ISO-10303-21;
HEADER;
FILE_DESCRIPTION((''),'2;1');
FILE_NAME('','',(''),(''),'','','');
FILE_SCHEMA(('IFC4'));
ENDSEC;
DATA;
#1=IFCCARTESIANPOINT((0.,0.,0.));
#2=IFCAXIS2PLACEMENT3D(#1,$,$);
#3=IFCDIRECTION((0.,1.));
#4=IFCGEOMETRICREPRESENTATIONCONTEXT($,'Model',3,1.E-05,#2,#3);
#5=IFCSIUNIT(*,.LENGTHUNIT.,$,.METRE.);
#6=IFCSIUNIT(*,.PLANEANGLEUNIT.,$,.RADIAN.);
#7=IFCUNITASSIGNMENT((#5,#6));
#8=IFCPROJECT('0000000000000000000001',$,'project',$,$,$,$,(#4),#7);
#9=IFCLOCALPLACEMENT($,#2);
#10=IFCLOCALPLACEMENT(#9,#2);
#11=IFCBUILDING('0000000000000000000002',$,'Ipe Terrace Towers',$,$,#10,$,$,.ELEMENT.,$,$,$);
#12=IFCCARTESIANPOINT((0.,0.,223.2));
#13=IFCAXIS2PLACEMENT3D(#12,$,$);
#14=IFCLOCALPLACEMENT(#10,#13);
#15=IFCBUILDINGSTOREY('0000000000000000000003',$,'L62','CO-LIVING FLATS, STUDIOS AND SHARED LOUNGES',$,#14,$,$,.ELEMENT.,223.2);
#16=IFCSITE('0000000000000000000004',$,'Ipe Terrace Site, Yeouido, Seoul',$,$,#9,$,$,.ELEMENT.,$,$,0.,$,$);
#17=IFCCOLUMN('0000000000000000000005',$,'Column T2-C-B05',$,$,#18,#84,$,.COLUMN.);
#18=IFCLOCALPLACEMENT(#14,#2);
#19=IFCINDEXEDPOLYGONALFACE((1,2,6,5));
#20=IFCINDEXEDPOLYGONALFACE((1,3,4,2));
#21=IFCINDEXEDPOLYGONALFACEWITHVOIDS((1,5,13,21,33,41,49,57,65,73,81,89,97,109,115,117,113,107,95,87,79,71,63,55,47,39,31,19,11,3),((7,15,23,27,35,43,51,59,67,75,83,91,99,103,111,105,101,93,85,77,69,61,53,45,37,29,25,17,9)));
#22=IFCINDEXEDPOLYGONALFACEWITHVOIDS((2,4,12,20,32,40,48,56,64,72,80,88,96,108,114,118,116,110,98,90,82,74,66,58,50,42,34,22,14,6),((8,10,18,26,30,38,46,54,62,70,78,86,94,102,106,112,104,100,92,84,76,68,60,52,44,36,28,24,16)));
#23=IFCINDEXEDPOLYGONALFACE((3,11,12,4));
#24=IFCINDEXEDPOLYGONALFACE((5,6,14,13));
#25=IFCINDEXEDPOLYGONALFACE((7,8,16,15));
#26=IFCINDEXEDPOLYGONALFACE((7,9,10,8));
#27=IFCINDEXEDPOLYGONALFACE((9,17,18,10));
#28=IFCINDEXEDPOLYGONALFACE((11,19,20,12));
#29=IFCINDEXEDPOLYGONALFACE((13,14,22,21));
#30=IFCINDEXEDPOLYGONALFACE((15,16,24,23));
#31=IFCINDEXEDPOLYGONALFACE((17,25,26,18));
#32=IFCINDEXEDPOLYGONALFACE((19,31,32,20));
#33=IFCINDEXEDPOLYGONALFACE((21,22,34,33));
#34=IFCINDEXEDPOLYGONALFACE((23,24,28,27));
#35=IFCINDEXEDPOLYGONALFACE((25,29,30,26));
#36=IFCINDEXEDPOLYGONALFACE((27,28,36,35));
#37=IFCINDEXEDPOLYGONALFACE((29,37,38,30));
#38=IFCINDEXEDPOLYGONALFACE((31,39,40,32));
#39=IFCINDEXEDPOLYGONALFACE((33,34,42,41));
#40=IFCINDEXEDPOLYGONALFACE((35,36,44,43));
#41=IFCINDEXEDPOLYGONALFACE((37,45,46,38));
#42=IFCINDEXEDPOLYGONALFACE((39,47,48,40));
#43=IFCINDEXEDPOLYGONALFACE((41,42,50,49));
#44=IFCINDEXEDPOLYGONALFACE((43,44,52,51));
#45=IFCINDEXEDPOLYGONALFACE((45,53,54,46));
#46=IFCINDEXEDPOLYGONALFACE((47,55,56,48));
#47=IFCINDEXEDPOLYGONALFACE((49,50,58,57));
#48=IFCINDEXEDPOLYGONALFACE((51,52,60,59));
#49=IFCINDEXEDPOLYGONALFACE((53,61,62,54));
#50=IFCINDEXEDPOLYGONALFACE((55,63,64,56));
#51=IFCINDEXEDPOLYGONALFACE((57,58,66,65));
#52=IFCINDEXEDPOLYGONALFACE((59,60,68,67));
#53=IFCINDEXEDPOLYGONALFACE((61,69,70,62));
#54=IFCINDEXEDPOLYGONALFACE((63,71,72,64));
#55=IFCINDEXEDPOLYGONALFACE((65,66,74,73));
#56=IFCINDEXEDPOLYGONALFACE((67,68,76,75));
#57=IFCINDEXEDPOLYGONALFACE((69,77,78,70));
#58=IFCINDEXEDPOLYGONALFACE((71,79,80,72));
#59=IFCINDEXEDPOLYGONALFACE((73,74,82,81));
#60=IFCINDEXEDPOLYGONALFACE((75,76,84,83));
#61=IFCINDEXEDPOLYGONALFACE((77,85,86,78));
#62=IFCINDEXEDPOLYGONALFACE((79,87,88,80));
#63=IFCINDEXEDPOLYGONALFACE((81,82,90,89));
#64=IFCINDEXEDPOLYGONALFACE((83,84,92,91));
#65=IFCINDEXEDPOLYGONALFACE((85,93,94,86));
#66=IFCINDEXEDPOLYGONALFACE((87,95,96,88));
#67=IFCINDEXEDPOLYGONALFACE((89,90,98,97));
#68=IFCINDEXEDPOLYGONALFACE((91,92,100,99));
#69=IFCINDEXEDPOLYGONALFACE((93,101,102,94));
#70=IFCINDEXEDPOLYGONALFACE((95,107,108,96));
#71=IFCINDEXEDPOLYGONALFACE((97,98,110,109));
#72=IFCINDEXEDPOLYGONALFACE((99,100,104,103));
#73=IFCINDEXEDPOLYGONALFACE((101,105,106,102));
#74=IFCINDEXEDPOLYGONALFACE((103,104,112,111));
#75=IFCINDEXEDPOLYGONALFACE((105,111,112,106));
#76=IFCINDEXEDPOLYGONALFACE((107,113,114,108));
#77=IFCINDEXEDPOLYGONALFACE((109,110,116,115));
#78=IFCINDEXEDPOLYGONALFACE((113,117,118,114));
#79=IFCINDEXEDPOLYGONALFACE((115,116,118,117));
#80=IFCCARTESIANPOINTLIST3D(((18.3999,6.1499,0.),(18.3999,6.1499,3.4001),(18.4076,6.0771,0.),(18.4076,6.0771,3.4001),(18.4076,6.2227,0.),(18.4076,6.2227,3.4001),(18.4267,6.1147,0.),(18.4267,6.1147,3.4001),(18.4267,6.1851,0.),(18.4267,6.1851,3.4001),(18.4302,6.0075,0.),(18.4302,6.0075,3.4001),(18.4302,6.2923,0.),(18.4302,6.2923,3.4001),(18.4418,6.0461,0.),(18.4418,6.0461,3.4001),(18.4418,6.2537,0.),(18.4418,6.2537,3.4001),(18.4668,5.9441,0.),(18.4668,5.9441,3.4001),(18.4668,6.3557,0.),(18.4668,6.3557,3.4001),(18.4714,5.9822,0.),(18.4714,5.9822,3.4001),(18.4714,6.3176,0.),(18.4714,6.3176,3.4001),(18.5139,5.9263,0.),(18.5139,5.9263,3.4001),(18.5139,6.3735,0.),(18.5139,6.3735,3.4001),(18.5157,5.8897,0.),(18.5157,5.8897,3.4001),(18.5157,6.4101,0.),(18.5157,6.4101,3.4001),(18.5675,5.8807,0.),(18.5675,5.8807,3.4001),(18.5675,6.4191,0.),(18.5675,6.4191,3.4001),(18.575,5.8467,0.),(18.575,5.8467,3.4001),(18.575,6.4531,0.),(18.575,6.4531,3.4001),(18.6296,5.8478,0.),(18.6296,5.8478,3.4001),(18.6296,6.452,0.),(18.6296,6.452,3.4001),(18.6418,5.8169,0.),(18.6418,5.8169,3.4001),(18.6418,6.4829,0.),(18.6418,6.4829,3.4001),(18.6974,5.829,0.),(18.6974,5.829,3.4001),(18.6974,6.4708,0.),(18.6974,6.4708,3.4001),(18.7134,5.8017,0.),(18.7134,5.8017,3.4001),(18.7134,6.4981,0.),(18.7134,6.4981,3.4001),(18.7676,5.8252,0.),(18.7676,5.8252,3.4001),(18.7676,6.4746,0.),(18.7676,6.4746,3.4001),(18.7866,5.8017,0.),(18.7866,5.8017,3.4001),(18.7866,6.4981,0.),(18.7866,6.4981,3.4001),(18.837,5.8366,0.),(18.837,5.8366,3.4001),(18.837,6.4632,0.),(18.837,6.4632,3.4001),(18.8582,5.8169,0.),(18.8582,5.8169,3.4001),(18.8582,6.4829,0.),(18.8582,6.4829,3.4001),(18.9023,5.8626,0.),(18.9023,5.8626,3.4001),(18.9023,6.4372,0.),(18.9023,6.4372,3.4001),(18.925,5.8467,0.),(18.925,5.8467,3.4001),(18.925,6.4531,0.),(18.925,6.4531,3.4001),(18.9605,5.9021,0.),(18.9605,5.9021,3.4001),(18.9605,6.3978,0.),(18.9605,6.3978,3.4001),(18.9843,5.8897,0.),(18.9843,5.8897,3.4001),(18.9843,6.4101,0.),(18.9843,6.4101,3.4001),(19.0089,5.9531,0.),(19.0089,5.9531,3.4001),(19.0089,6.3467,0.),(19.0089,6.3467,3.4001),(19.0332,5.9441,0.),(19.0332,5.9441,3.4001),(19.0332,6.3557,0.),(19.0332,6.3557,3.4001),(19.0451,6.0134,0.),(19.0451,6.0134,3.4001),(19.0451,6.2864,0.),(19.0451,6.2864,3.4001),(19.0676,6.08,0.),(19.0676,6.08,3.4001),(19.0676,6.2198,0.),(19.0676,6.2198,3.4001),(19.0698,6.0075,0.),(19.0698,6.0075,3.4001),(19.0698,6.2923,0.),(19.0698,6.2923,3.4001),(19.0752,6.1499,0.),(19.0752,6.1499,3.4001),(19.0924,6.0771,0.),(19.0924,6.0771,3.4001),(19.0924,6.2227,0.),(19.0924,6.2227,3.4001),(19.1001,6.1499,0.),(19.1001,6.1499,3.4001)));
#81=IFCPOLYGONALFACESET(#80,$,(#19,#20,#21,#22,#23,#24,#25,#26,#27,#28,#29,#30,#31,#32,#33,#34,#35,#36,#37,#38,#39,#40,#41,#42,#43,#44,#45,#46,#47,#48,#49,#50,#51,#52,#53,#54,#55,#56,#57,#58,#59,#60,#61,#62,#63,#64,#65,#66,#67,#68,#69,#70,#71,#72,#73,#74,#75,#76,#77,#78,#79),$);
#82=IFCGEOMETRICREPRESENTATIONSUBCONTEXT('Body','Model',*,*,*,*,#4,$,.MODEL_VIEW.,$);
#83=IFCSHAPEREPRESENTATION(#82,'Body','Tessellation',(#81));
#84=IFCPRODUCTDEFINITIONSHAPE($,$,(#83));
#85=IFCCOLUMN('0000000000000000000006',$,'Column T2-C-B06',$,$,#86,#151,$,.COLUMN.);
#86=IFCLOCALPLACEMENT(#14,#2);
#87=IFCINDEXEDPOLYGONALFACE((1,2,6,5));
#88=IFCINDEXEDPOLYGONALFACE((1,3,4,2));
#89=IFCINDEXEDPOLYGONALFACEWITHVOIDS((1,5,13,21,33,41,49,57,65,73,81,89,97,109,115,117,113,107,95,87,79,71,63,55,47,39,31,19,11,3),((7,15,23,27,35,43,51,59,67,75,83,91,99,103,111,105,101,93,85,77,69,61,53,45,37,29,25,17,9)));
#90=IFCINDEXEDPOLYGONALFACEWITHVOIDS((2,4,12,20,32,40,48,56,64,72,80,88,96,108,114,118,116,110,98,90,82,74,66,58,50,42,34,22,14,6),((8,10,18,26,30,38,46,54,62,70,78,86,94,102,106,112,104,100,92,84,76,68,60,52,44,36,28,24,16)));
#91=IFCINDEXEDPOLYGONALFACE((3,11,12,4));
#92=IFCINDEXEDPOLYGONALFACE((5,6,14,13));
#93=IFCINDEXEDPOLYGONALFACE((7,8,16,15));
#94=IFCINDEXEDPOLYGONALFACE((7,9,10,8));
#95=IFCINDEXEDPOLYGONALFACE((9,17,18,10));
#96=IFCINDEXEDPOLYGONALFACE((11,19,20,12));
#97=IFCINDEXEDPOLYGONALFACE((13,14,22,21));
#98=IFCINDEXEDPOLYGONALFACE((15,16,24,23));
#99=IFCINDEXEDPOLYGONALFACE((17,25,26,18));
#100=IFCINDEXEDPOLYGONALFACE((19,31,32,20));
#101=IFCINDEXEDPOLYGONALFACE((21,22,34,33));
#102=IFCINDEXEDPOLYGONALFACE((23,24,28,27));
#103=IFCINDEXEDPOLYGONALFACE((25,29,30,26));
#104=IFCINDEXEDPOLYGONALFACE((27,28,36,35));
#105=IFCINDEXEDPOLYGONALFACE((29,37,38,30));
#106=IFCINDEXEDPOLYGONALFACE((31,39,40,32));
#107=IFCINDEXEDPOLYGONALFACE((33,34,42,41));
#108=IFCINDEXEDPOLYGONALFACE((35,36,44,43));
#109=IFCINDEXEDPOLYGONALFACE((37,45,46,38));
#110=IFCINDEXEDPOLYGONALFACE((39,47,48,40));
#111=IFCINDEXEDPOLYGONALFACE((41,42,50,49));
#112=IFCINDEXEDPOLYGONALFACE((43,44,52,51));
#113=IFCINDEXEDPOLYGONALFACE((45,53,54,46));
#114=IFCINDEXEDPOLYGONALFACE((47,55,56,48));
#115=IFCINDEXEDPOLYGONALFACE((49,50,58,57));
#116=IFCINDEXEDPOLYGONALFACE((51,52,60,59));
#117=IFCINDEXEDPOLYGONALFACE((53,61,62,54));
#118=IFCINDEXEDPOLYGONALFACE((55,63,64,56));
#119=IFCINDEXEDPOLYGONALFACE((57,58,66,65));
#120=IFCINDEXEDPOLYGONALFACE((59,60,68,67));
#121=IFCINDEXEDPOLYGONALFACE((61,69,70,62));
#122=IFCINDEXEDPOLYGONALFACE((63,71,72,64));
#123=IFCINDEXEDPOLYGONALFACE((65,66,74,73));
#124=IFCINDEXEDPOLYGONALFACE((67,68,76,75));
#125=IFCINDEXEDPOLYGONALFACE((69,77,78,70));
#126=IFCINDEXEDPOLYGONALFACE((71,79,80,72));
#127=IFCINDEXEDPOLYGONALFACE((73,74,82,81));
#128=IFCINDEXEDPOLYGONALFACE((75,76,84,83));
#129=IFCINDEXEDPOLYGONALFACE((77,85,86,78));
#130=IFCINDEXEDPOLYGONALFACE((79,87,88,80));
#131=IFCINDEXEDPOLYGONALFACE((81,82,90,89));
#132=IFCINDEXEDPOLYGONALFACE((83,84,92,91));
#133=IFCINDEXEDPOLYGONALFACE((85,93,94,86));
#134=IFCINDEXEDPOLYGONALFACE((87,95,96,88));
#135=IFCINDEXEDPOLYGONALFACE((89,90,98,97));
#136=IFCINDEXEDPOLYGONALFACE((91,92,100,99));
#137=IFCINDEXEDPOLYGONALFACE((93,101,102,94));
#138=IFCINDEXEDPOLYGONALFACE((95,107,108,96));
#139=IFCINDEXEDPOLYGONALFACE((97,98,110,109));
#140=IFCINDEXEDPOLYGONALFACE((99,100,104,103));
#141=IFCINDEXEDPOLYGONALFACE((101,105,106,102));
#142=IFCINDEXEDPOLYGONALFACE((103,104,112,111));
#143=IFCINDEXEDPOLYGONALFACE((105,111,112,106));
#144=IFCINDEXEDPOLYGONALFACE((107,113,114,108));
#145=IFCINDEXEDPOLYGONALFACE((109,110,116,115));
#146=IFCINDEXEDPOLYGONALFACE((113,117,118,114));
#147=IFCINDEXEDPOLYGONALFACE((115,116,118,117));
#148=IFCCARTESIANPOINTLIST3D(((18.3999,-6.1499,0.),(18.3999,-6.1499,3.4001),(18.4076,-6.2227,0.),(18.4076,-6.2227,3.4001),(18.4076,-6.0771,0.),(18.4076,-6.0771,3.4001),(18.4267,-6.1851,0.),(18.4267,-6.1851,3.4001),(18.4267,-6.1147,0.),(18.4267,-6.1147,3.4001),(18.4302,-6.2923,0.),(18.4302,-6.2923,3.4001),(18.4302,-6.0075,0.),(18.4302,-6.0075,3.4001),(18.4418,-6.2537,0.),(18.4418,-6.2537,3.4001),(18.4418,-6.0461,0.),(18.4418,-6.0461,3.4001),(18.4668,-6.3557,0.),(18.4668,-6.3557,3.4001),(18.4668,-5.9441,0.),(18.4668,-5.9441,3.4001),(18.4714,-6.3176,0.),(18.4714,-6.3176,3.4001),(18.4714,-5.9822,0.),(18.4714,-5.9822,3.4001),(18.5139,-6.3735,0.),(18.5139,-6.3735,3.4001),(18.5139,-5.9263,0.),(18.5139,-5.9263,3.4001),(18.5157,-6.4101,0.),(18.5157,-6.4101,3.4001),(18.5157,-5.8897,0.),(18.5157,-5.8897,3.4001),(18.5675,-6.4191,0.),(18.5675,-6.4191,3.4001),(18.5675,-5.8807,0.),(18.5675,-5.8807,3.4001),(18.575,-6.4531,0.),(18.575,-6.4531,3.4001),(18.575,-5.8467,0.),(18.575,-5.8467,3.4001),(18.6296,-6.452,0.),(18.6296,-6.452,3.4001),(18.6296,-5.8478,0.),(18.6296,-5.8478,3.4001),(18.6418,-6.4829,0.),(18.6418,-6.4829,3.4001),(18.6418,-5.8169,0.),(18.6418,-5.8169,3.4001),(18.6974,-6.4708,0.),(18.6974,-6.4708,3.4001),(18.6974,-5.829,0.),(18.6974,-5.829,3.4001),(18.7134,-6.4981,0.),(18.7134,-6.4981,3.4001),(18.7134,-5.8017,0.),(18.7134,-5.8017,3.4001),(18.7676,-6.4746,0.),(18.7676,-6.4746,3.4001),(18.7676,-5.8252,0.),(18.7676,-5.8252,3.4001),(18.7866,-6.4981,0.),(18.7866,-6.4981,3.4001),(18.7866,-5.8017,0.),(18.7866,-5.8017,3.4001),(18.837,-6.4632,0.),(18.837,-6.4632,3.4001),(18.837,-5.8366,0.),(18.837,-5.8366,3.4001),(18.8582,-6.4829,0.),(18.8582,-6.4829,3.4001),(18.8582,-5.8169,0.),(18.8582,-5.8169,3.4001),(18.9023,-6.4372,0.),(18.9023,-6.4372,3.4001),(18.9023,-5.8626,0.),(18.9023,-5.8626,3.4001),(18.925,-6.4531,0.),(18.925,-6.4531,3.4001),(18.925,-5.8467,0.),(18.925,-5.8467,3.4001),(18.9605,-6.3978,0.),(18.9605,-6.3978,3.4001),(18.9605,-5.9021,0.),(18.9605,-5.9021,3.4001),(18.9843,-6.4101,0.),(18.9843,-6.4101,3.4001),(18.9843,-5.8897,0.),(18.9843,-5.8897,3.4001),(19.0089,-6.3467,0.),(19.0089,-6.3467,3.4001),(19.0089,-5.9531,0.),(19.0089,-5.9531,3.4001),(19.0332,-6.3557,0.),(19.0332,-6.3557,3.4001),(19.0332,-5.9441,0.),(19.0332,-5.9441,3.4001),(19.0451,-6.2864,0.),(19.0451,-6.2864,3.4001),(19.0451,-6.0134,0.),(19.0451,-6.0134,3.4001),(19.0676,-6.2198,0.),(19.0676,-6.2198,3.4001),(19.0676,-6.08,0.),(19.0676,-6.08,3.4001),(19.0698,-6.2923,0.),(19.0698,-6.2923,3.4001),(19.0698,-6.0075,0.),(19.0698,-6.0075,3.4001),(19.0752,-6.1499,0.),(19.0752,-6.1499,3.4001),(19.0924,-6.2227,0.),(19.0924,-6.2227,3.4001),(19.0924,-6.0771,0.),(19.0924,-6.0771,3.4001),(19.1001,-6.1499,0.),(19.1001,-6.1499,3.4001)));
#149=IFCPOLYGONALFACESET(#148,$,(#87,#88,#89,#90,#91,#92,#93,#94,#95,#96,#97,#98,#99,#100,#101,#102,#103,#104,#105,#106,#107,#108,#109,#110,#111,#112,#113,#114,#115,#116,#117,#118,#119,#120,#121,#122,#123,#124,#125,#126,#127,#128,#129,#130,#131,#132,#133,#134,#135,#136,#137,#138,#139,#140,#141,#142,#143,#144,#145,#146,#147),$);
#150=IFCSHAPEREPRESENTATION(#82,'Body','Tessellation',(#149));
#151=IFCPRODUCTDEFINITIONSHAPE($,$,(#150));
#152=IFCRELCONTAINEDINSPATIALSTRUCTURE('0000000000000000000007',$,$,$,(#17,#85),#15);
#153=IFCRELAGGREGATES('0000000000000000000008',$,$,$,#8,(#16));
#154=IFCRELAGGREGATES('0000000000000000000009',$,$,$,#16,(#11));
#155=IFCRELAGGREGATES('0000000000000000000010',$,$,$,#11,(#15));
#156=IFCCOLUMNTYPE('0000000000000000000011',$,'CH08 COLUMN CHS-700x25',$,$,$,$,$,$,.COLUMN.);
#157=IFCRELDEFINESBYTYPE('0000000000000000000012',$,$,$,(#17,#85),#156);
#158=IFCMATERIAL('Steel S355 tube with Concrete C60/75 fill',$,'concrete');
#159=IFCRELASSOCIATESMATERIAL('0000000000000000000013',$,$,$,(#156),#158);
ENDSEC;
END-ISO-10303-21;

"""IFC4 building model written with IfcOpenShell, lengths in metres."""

from ifc_helpers import new_model, si_unit, direction, frame, origin, origin_2d, place, context, subcontext, project, spatial, hollow_circle, extrude, material, material_profile, profile_set, type_object, element, save


model = new_model("IFC4")

# Units and contexts
model_context = context("Model", 3, precision=1e-05, world=origin(), true_north=direction((0.0, 1.0)))
body_context = subcontext(model_context, "Body", "Model", "MODEL_VIEW")
ifc_project = project(units=[si_unit("LENGTHUNIT", "METRE"), si_unit("PLANEANGLEUNIT", "RADIAN")], contexts=[model_context])

# Site, building, storey
site_placement = place(None, origin())
site = spatial("IfcSite", under=ifc_project, at=site_placement, Name="Ipe Terrace Site, Yeouido, Seoul", CompositionType="ELEMENT", RefElevation=0.0)
building_placement = place(site_placement, origin())
building = spatial("IfcBuilding", under=site, at=building_placement, Name="Ipe Terrace Towers", CompositionType="ELEMENT")
storey_placement = place(building_placement, frame((0.0, 0.0, 223.2)))
storey = spatial("IfcBuildingStorey", under=building, at=storey_placement, Name="L62", Description="CO-LIVING FLATS, STUDIOS AND SHARED LOUNGES", CompositionType="ELEMENT", Elevation=223.2)

# Columns
ifc_material_1 = material(Name="Steel S355 tube with Concrete C60/75 fill", Category="concrete")
ifc_material_profile_1 = material_profile(ifc_material_1, hollow_circle(Radius=0.3501, WallThickness=0.0249, at=origin_2d()), Name="CHS-700x25")
ifc_profile_set_1 = profile_set([ifc_material_profile_1], Name="Steel S355 tube with Concrete C60/75 fill")
column_type = type_object("IfcColumnType", Name="CH08 COLUMN CHS-700x25", PredefinedType="COLUMN", material=ifc_profile_set_1)
for number, where, z_axis, x_axis, name in (
    (1, (18.75, 6.1499, 0.0), (0.0, 0.0, 1.0), (1.0, 0.0, 0.0), "Column T2-C-B05"),
    (2, (18.75, -6.1499, 0.0), (0.0, 0.0, 1.0), (1.0, 0.0, 0.0), "Column T2-C-B06"),
):
    element("IfcColumn", number, at=place(storey_placement, frame(where, z_axis=z_axis, x_axis=x_axis)), inside=storey, type_object=column_type, Name=name, PredefinedType="COLUMN", context=body_context, shape_type="SweptSolid", body=[
        extrude(hollow_circle(Radius=0.3501, WallThickness=0.0249, at=origin_2d()), origin(), (0.0, 0.0, 1.0), 3.4001),
    ])

save(model, "model.ifc")
